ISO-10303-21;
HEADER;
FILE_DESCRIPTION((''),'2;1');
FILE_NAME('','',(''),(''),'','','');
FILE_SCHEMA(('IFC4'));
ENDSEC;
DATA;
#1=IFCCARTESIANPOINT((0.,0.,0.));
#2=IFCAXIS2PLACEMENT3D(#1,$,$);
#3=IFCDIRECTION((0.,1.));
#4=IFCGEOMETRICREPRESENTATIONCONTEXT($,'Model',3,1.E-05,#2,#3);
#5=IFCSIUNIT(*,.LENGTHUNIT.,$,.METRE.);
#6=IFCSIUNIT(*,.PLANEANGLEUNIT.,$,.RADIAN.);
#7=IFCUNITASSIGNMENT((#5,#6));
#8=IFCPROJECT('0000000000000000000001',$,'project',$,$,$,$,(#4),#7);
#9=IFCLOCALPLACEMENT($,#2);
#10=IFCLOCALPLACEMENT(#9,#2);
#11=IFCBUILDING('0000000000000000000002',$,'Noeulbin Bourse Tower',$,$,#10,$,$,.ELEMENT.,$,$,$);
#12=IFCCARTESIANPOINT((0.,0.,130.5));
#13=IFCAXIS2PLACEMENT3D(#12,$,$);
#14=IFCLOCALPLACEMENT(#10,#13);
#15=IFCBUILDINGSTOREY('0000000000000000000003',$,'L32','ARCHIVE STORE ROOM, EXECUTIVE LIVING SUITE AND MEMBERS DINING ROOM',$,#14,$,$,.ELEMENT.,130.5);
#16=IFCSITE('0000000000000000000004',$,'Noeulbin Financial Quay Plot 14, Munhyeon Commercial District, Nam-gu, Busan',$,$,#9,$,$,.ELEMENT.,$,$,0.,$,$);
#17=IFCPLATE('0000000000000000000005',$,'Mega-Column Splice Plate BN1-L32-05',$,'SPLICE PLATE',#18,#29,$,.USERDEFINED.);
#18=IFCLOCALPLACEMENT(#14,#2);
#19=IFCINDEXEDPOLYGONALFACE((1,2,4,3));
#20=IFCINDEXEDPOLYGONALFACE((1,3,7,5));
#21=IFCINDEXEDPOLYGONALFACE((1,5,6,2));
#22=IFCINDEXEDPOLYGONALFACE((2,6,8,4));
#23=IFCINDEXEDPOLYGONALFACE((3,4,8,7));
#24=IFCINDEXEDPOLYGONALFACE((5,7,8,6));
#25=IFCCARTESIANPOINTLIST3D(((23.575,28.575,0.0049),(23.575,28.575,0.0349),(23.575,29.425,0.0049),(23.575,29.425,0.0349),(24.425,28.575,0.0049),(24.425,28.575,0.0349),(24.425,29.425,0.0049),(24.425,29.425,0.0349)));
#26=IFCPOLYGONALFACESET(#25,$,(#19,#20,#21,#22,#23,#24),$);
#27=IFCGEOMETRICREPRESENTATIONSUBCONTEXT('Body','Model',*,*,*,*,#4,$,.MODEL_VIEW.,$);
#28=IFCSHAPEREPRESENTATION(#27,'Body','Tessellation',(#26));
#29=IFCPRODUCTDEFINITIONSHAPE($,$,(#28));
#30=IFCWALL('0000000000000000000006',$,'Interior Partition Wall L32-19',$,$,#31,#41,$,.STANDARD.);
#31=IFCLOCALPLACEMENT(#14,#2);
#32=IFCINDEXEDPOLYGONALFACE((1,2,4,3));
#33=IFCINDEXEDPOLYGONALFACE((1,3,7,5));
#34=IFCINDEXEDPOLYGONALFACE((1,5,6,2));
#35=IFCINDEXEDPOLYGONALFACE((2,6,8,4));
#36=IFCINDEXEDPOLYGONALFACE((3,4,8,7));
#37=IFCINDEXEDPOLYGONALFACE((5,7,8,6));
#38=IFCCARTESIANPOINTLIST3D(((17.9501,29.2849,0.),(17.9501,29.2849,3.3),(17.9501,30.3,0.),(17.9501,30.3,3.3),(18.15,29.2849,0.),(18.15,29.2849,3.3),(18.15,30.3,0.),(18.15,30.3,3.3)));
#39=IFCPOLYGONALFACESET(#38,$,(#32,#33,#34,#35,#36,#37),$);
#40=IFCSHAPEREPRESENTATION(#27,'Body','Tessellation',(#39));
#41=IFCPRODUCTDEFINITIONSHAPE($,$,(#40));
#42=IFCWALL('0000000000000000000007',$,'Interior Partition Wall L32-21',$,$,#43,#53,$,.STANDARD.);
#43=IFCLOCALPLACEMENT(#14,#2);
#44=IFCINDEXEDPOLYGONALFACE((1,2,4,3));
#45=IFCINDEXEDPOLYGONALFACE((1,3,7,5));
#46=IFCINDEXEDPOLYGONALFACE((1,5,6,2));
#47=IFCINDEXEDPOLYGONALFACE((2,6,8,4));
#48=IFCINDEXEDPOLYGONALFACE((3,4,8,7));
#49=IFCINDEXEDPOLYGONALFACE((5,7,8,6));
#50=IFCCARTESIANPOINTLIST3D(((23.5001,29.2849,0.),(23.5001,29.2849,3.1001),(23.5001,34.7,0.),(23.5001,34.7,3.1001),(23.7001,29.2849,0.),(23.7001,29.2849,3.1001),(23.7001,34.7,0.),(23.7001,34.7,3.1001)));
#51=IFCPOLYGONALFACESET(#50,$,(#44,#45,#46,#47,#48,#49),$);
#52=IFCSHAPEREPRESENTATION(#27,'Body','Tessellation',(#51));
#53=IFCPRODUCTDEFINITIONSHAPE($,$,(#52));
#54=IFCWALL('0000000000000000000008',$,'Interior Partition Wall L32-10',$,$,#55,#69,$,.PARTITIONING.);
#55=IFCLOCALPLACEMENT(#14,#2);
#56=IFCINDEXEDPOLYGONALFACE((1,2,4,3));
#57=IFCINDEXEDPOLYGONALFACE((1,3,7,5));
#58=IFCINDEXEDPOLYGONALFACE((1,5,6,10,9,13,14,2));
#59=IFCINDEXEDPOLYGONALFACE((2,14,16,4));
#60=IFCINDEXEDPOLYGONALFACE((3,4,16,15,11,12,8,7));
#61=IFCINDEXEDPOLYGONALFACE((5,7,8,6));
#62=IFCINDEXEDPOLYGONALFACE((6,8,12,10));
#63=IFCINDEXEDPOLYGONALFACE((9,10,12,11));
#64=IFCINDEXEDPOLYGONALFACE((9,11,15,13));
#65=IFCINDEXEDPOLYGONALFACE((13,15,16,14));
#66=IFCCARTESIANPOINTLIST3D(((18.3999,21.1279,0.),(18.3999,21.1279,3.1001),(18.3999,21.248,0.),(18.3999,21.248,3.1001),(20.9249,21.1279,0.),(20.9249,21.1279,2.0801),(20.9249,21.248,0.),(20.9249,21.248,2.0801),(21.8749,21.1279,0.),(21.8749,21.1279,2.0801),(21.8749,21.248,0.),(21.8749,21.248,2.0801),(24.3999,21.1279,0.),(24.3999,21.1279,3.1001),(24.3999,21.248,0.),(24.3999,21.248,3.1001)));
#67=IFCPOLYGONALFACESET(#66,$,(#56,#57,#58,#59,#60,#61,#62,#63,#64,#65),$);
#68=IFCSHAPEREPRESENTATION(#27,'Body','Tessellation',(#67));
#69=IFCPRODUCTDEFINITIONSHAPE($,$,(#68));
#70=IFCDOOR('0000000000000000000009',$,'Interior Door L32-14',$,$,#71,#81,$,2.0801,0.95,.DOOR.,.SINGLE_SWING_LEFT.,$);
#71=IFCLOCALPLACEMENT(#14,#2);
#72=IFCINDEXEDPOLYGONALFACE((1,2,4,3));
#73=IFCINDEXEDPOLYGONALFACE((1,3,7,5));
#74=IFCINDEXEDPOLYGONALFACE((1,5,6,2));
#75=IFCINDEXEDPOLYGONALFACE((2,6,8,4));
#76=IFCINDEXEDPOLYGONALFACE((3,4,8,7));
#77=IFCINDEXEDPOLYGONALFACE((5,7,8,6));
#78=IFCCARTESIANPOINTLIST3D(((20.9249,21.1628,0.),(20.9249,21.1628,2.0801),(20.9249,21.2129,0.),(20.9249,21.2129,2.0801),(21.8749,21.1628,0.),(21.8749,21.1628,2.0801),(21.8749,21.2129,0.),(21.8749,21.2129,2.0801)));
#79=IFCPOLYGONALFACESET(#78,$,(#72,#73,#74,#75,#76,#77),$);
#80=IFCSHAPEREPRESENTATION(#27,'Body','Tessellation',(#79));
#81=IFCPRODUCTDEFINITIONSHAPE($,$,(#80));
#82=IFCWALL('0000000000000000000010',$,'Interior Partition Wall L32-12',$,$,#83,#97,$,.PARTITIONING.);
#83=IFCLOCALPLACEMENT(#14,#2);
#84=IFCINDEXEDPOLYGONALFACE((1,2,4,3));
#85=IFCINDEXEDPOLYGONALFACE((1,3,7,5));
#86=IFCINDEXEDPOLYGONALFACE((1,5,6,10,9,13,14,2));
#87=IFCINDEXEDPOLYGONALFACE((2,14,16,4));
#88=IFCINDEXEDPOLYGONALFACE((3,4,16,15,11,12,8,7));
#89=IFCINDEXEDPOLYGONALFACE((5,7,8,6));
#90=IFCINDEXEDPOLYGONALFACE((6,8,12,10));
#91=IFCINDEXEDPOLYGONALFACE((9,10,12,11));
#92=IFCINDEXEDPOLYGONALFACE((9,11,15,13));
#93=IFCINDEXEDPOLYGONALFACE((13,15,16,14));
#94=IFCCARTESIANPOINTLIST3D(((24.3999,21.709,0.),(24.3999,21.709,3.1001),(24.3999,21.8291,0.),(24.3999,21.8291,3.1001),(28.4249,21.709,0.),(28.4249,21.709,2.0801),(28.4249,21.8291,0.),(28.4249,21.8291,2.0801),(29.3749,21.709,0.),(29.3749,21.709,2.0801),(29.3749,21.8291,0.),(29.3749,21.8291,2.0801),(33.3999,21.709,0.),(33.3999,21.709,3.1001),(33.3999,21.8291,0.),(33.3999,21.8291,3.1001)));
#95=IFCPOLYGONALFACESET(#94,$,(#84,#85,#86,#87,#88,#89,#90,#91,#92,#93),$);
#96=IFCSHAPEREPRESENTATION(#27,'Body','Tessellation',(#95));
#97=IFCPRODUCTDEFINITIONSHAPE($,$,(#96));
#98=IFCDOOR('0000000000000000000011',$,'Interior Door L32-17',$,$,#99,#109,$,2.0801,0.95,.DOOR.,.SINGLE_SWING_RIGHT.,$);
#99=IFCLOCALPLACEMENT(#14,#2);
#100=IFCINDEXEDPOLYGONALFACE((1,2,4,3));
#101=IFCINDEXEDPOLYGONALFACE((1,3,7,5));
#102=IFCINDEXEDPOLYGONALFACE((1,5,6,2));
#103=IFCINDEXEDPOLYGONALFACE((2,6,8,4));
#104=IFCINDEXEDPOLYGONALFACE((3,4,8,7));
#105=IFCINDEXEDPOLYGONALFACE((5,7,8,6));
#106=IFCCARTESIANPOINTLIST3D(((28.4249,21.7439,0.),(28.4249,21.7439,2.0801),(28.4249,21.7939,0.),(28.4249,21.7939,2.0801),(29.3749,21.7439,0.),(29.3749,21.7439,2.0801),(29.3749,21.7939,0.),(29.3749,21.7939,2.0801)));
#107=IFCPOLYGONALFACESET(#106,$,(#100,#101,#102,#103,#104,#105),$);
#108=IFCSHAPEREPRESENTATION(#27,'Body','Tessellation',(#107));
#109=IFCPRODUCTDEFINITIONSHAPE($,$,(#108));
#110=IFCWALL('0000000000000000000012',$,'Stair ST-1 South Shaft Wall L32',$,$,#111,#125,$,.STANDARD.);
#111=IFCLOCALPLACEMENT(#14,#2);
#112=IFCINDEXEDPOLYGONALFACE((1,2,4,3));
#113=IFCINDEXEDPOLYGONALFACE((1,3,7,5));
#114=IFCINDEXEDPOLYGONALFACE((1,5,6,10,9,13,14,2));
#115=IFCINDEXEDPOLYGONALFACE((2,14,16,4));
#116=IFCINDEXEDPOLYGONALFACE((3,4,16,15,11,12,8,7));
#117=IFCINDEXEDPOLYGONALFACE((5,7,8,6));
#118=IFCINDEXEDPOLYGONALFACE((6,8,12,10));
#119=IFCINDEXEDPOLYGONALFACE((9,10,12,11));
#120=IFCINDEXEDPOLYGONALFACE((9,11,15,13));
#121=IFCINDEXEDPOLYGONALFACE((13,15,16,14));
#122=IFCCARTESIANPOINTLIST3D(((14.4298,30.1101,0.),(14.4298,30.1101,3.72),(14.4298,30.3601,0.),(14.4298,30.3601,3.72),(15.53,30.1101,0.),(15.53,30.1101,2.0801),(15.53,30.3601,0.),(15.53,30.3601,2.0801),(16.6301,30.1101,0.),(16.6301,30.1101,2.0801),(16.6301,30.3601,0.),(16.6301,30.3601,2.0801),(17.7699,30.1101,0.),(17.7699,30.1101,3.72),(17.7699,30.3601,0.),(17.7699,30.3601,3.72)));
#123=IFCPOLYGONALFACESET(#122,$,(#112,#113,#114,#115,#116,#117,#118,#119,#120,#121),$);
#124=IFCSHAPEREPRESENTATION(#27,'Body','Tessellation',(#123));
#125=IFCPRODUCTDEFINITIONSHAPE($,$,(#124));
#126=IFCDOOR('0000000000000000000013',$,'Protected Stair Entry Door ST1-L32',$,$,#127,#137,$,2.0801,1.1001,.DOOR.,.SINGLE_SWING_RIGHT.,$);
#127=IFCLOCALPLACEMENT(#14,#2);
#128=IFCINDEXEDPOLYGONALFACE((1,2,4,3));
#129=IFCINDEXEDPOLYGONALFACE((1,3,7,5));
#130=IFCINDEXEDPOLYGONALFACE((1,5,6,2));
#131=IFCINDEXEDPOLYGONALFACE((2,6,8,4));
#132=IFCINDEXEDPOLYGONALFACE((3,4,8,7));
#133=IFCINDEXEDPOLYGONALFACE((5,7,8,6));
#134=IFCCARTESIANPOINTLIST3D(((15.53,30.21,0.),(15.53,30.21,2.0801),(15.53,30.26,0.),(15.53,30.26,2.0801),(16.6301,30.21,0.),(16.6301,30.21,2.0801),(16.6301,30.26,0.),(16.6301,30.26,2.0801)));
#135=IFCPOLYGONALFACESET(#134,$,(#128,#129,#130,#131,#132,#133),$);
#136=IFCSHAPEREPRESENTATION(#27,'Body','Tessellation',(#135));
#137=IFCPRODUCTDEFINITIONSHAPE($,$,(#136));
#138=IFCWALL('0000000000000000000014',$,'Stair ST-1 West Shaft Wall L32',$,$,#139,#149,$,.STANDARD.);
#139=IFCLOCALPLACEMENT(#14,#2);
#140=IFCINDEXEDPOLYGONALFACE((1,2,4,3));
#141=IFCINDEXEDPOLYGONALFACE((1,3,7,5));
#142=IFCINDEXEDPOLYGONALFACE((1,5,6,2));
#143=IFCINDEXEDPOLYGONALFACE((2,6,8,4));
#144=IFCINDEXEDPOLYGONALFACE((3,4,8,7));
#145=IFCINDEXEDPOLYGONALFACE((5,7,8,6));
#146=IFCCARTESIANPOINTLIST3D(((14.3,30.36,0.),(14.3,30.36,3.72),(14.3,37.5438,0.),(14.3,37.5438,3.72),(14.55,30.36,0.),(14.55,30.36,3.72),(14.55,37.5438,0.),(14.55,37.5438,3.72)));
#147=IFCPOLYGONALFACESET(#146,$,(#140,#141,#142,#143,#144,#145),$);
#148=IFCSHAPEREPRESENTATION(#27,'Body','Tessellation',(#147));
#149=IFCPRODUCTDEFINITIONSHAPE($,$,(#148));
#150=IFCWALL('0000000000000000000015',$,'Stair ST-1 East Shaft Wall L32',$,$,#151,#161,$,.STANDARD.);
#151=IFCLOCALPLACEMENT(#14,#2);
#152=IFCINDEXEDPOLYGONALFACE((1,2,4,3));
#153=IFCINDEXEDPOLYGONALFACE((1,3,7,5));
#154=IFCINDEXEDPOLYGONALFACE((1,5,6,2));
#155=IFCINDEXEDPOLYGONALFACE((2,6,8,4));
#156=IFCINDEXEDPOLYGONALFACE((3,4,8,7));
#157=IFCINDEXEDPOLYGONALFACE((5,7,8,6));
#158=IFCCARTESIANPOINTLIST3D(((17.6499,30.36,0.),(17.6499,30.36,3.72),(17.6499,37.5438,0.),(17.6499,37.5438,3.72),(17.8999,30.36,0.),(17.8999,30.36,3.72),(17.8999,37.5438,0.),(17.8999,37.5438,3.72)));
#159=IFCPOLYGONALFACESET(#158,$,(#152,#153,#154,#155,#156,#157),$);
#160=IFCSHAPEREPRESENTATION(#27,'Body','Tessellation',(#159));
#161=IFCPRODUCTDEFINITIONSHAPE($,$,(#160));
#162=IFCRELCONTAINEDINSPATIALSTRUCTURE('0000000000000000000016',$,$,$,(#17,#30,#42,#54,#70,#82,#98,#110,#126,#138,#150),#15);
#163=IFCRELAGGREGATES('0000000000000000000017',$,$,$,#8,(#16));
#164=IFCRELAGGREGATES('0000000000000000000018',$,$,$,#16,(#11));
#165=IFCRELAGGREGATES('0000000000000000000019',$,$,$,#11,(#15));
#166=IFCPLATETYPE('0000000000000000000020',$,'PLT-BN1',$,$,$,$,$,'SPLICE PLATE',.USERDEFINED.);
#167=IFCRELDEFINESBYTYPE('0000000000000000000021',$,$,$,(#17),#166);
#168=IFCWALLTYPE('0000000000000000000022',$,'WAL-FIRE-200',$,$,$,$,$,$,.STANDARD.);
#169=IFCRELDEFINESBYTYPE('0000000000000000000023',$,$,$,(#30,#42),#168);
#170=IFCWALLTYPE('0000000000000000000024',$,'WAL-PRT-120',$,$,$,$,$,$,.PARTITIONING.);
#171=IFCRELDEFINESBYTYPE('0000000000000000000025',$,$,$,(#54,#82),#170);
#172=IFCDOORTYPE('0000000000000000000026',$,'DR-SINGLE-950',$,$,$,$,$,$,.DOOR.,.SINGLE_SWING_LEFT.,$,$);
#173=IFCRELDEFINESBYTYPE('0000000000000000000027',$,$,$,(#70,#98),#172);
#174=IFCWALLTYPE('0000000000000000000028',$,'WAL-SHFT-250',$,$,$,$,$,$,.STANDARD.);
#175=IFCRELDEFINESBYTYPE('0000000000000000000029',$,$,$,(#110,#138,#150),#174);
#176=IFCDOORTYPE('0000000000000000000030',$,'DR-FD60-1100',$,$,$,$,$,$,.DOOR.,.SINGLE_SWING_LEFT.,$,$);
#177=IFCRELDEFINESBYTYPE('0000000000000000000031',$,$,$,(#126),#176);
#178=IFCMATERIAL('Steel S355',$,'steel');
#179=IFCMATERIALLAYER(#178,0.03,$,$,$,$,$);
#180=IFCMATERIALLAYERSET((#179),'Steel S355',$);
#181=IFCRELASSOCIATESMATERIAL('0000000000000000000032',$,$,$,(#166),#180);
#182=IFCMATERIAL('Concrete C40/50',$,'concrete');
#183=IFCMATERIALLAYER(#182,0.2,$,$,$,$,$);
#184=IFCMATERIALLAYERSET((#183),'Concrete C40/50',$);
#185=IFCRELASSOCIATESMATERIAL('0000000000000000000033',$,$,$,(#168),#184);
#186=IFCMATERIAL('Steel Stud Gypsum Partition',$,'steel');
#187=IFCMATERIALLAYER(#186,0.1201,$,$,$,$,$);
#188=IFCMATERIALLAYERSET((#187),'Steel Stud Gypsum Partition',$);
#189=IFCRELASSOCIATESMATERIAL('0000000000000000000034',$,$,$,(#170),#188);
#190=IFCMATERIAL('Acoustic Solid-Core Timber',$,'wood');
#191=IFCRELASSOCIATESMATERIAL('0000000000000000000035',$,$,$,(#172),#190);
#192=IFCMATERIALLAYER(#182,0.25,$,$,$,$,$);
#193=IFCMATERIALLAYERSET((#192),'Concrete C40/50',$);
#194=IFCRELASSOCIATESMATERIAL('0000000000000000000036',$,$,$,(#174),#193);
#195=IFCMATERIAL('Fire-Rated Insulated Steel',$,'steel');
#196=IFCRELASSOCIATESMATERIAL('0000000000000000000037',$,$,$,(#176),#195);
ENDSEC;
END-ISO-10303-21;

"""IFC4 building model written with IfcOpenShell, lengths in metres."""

from ifc_helpers import new_model, si_unit, direction, frame, frame_2d, origin, origin_2d, place, context, subcontext, project, spatial, rectangle, extrude, material, layer, layer_set, type_object, element, fill, save


model = new_model("IFC4")

# Units and contexts
model_context = context("Model", 3, precision=1e-05, world=origin(), true_north=direction((0.0, 1.0)))
body_context = subcontext(model_context, "Body", "Model", "MODEL_VIEW")
ifc_project = project(units=[si_unit("LENGTHUNIT", "METRE"), si_unit("PLANEANGLEUNIT", "RADIAN")], contexts=[model_context])

# Site, building, storey
site_placement = place(None, origin())
site = spatial("IfcSite", under=ifc_project, at=site_placement, Name="Noeulbin Financial Quay Plot 14, Munhyeon Commercial District, Nam-gu, Busan", CompositionType="ELEMENT", RefElevation=0.0)
building_placement = place(site_placement, origin())
building = spatial("IfcBuilding", under=site, at=building_placement, Name="Noeulbin Bourse Tower", CompositionType="ELEMENT")
storey_placement = place(building_placement, frame((0.0, 0.0, 130.5)))
storey = spatial("IfcBuildingStorey", under=building, at=storey_placement, Name="L32", Description="ARCHIVE STORE ROOM, EXECUTIVE LIVING SUITE AND MEMBERS DINING ROOM", CompositionType="ELEMENT", Elevation=130.5)

# Shared definitions
ifc_material_1 = material(Name="Steel S355", Category="steel")

# Plate
ifc_layer_1 = layer(ifc_material_1, 0.03)
ifc_layer_set_1 = layer_set([ifc_layer_1], Name="Steel S355")
plate_type = type_object("IfcPlateType", Name="PLT-BN1", ElementType="SPLICE PLATE", PredefinedType="USERDEFINED", material=ifc_layer_set_1)
for number, where, z_axis, x_axis, name in (
    (1, (24.0, 29.0, 0.0049), (0.0, 0.0, 1.0), (1.0, 0.0, 0.0), "Mega-Column Splice Plate BN1-L32-05"),
):
    element("IfcPlate", number, at=place(storey_placement, frame(where, z_axis=z_axis, x_axis=x_axis)), inside=storey, type_object=plate_type, Name=name, ObjectType="SPLICE PLATE", PredefinedType="USERDEFINED", context=body_context, shape_type="SweptSolid", body=[
        extrude(rectangle(XDim=0.8501, YDim=0.8501, at=origin_2d()), origin(), (0.0, 0.0, 1.0), 0.03),
    ])

# Walls
ifc_material_2 = material(Name="Concrete C40/50", Category="concrete")
ifc_layer_2 = layer(ifc_material_2, 0.2)
ifc_layer_set_2 = layer_set([ifc_layer_2], Name="Concrete C40/50")
wall_type_1 = type_object("IfcWallType", Name="WAL-FIRE-200", PredefinedType="STANDARD", material=ifc_layer_set_2)
wall_1_placement = place(storey_placement, frame((18.05, 29.2849, 0.0), z_axis=(0.0, 0.0, 1.0), x_axis=(0.0, 1.0, 0.0)))
element("IfcWall", 2, at=wall_1_placement, inside=storey, type_object=wall_type_1, Name="Interior Partition Wall L32-19", PredefinedType="STANDARD", context=body_context, shape_type="SweptSolid", body=[
    extrude(rectangle(XDim=1.0151, YDim=0.2, at=frame_2d((0.5076, 0.0))), origin(), (0.0, 0.0, 1.0), 3.3),
])
wall_2_placement = place(storey_placement, frame((23.6001, 29.2849, 0.0), z_axis=(0.0, 0.0, 1.0), x_axis=(0.0, 1.0, 0.0)))
element("IfcWall", 3, at=wall_2_placement, inside=storey, type_object=wall_type_1, Name="Interior Partition Wall L32-21", PredefinedType="STANDARD", context=body_context, shape_type="SweptSolid", body=[
    extrude(rectangle(XDim=5.415, YDim=0.2, at=frame_2d((2.7075, 0.0))), origin(), (0.0, 0.0, 1.0), 3.1001),
])

# Walls, openings, doors
ifc_material_3 = material(Name="Steel Stud Gypsum Partition", Category="steel")
ifc_layer_3 = layer(ifc_material_3, 0.1201)
ifc_layer_set_3 = layer_set([ifc_layer_3], Name="Steel Stud Gypsum Partition")
wall_type_2 = type_object("IfcWallType", Name="WAL-PRT-120", PredefinedType="PARTITIONING", material=ifc_layer_set_3)
wall_3_placement = place(storey_placement, frame((18.3999, 21.188, 0.0), z_axis=(0.0, 0.0, 1.0), x_axis=(1.0, 0.0, 0.0)))
wall_3 = element("IfcWall", 4, at=wall_3_placement, inside=storey, type_object=wall_type_2, Name="Interior Partition Wall L32-10", PredefinedType="PARTITIONING", context=body_context, shape_type="SweptSolid", body=[
    extrude(rectangle(XDim=6.0, YDim=0.1201, at=frame_2d((3.0, 0.0))), origin(), (0.0, 0.0, 1.0), 3.1001),
])
opening_1_placement = place(wall_3_placement, frame((2.5249, 0.0, 0.0)))
opening_1 = element("IfcOpeningElement", 5, at=opening_1_placement, cuts=wall_3, PredefinedType="OPENING", context=body_context, shape_type="SweptSolid", body=[
    extrude(rectangle(XDim=0.95, YDim=2.0801, at=frame_2d((0.4751, 1.04))), frame((0.0, 0.0701, 0.0), z_axis=(0.0, -1.0, 0.0), x_axis=(1.0, 0.0, 0.0)), (0.0, 0.0, 1.0), 0.1401),
])
ifc_material_4 = material(Name="Acoustic Solid-Core Timber", Category="wood")
door_type_1 = type_object("IfcDoorType", Name="DR-SINGLE-950", OperationType="SINGLE_SWING_LEFT", PredefinedType="DOOR", material=ifc_material_4)
door_1_placement = place(opening_1_placement, origin())
door_1 = element("IfcDoor", 6, at=door_1_placement, inside=storey, type_object=door_type_1, Name="Interior Door L32-14", OperationType="SINGLE_SWING_LEFT", OverallHeight=2.0801, OverallWidth=0.95, PredefinedType="DOOR", context=body_context, shape_type="SweptSolid", body=[
    extrude(rectangle(XDim=0.95, YDim=2.0801, at=frame_2d((0.4751, 1.04))), frame((0.0, 0.0249, 0.0), z_axis=(0.0, -1.0, 0.0), x_axis=(1.0, 0.0, 0.0)), (0.0, 0.0, 1.0), 0.05),
])
fill(opening_1, door_1)
wall_4_placement = place(storey_placement, frame((24.3999, 21.769, 0.0), z_axis=(0.0, 0.0, 1.0), x_axis=(1.0, 0.0, 0.0)))
wall_4 = element("IfcWall", 7, at=wall_4_placement, inside=storey, type_object=wall_type_2, Name="Interior Partition Wall L32-12", PredefinedType="PARTITIONING", context=body_context, shape_type="SweptSolid", body=[
    extrude(rectangle(XDim=9.0, YDim=0.1201, at=frame_2d((4.5, 0.0))), origin(), (0.0, 0.0, 1.0), 3.1001),
])
opening_2_placement = place(wall_4_placement, frame((4.0249, 0.0, 0.0)))
opening_2 = element("IfcOpeningElement", 8, at=opening_2_placement, cuts=wall_4, PredefinedType="OPENING", context=body_context, shape_type="SweptSolid", body=[
    extrude(rectangle(XDim=0.95, YDim=2.0801, at=frame_2d((0.4751, 1.04))), frame((0.0, 0.0701, 0.0), z_axis=(0.0, -1.0, 0.0), x_axis=(1.0, 0.0, 0.0)), (0.0, 0.0, 1.0), 0.1401),
])
door_2_placement = place(opening_2_placement, origin())
door_2 = element("IfcDoor", 9, at=door_2_placement, inside=storey, type_object=door_type_1, Name="Interior Door L32-17", OperationType="SINGLE_SWING_RIGHT", OverallHeight=2.0801, OverallWidth=0.95, PredefinedType="DOOR", context=body_context, shape_type="SweptSolid", body=[
    extrude(rectangle(XDim=0.95, YDim=2.0801, at=frame_2d((0.4751, 1.04))), frame((0.0, 0.0249, 0.0), z_axis=(0.0, -1.0, 0.0), x_axis=(1.0, 0.0, 0.0)), (0.0, 0.0, 1.0), 0.05),
])
fill(opening_2, door_2)
ifc_layer_4 = layer(ifc_material_2, 0.25)
ifc_layer_set_4 = layer_set([ifc_layer_4], Name="Concrete C40/50")
wall_type_3 = type_object("IfcWallType", Name="WAL-SHFT-250", PredefinedType="STANDARD", material=ifc_layer_set_4)
wall_5_placement = place(storey_placement, frame((14.4299, 30.2351, 0.0), z_axis=(0.0, 0.0, 1.0), x_axis=(1.0, 0.0, 0.0)))
wall_5 = element("IfcWall", 10, at=wall_5_placement, inside=storey, type_object=wall_type_3, Name="Stair ST-1 South Shaft Wall L32", PredefinedType="STANDARD", context=body_context, shape_type="SweptSolid", body=[
    extrude(rectangle(XDim=3.3401, YDim=0.25, at=frame_2d((1.6699, 0.0))), origin(), (0.0, 0.0, 1.0), 3.72),
])
opening_3_placement = place(wall_5_placement, frame((1.1001, 0.0, 0.0)))
opening_3 = element("IfcOpeningElement", 11, at=opening_3_placement, cuts=wall_5, PredefinedType="OPENING", context=body_context, shape_type="SweptSolid", body=[
    extrude(rectangle(XDim=1.1001, YDim=2.0801, at=frame_2d((0.55, 1.04))), frame((0.0, 0.135, 0.0), z_axis=(0.0, -1.0, 0.0), x_axis=(1.0, 0.0, 0.0)), (0.0, 0.0, 1.0), 0.27),
])
ifc_material_5 = material(Name="Fire-Rated Insulated Steel", Category="steel")
door_type_2 = type_object("IfcDoorType", Name="DR-FD60-1100", OperationType="SINGLE_SWING_LEFT", PredefinedType="DOOR", material=ifc_material_5)
door_3_placement = place(opening_3_placement, origin())
door_3 = element("IfcDoor", 12, at=door_3_placement, inside=storey, type_object=door_type_2, Name="Protected Stair Entry Door ST1-L32", OperationType="SINGLE_SWING_RIGHT", OverallHeight=2.0801, OverallWidth=1.1001, PredefinedType="DOOR", context=body_context, shape_type="SweptSolid", body=[
    extrude(rectangle(XDim=1.1001, YDim=2.0801, at=frame_2d((0.55, 1.04))), frame((0.0, 0.0249, 0.0), z_axis=(0.0, -1.0, 0.0), x_axis=(1.0, 0.0, 0.0)), (0.0, 0.0, 1.0), 0.05),
])
fill(opening_3, door_3)

# Walls
for number, where, z_axis, x_axis, name in (
    (13, (14.425, 30.3601, 0.0), (0.0, 0.0, 1.0), (0.0, 1.0, 0.0), "Stair ST-1 West Shaft Wall L32"),
    (14, (17.7749, 30.3601, 0.0), (0.0, 0.0, 1.0), (0.0, 1.0, 0.0), "Stair ST-1 East Shaft Wall L32"),
):
    element("IfcWall", number, at=place(storey_placement, frame(where, z_axis=z_axis, x_axis=x_axis)), inside=storey, type_object=wall_type_3, Name=name, PredefinedType="STANDARD", context=body_context, shape_type="SweptSolid", body=[
        extrude(rectangle(XDim=7.1838, YDim=0.25, at=frame_2d((3.5918, 0.0))), origin(), (0.0, 0.0, 1.0), 3.72),
    ])

save(model, "model.ifc")
